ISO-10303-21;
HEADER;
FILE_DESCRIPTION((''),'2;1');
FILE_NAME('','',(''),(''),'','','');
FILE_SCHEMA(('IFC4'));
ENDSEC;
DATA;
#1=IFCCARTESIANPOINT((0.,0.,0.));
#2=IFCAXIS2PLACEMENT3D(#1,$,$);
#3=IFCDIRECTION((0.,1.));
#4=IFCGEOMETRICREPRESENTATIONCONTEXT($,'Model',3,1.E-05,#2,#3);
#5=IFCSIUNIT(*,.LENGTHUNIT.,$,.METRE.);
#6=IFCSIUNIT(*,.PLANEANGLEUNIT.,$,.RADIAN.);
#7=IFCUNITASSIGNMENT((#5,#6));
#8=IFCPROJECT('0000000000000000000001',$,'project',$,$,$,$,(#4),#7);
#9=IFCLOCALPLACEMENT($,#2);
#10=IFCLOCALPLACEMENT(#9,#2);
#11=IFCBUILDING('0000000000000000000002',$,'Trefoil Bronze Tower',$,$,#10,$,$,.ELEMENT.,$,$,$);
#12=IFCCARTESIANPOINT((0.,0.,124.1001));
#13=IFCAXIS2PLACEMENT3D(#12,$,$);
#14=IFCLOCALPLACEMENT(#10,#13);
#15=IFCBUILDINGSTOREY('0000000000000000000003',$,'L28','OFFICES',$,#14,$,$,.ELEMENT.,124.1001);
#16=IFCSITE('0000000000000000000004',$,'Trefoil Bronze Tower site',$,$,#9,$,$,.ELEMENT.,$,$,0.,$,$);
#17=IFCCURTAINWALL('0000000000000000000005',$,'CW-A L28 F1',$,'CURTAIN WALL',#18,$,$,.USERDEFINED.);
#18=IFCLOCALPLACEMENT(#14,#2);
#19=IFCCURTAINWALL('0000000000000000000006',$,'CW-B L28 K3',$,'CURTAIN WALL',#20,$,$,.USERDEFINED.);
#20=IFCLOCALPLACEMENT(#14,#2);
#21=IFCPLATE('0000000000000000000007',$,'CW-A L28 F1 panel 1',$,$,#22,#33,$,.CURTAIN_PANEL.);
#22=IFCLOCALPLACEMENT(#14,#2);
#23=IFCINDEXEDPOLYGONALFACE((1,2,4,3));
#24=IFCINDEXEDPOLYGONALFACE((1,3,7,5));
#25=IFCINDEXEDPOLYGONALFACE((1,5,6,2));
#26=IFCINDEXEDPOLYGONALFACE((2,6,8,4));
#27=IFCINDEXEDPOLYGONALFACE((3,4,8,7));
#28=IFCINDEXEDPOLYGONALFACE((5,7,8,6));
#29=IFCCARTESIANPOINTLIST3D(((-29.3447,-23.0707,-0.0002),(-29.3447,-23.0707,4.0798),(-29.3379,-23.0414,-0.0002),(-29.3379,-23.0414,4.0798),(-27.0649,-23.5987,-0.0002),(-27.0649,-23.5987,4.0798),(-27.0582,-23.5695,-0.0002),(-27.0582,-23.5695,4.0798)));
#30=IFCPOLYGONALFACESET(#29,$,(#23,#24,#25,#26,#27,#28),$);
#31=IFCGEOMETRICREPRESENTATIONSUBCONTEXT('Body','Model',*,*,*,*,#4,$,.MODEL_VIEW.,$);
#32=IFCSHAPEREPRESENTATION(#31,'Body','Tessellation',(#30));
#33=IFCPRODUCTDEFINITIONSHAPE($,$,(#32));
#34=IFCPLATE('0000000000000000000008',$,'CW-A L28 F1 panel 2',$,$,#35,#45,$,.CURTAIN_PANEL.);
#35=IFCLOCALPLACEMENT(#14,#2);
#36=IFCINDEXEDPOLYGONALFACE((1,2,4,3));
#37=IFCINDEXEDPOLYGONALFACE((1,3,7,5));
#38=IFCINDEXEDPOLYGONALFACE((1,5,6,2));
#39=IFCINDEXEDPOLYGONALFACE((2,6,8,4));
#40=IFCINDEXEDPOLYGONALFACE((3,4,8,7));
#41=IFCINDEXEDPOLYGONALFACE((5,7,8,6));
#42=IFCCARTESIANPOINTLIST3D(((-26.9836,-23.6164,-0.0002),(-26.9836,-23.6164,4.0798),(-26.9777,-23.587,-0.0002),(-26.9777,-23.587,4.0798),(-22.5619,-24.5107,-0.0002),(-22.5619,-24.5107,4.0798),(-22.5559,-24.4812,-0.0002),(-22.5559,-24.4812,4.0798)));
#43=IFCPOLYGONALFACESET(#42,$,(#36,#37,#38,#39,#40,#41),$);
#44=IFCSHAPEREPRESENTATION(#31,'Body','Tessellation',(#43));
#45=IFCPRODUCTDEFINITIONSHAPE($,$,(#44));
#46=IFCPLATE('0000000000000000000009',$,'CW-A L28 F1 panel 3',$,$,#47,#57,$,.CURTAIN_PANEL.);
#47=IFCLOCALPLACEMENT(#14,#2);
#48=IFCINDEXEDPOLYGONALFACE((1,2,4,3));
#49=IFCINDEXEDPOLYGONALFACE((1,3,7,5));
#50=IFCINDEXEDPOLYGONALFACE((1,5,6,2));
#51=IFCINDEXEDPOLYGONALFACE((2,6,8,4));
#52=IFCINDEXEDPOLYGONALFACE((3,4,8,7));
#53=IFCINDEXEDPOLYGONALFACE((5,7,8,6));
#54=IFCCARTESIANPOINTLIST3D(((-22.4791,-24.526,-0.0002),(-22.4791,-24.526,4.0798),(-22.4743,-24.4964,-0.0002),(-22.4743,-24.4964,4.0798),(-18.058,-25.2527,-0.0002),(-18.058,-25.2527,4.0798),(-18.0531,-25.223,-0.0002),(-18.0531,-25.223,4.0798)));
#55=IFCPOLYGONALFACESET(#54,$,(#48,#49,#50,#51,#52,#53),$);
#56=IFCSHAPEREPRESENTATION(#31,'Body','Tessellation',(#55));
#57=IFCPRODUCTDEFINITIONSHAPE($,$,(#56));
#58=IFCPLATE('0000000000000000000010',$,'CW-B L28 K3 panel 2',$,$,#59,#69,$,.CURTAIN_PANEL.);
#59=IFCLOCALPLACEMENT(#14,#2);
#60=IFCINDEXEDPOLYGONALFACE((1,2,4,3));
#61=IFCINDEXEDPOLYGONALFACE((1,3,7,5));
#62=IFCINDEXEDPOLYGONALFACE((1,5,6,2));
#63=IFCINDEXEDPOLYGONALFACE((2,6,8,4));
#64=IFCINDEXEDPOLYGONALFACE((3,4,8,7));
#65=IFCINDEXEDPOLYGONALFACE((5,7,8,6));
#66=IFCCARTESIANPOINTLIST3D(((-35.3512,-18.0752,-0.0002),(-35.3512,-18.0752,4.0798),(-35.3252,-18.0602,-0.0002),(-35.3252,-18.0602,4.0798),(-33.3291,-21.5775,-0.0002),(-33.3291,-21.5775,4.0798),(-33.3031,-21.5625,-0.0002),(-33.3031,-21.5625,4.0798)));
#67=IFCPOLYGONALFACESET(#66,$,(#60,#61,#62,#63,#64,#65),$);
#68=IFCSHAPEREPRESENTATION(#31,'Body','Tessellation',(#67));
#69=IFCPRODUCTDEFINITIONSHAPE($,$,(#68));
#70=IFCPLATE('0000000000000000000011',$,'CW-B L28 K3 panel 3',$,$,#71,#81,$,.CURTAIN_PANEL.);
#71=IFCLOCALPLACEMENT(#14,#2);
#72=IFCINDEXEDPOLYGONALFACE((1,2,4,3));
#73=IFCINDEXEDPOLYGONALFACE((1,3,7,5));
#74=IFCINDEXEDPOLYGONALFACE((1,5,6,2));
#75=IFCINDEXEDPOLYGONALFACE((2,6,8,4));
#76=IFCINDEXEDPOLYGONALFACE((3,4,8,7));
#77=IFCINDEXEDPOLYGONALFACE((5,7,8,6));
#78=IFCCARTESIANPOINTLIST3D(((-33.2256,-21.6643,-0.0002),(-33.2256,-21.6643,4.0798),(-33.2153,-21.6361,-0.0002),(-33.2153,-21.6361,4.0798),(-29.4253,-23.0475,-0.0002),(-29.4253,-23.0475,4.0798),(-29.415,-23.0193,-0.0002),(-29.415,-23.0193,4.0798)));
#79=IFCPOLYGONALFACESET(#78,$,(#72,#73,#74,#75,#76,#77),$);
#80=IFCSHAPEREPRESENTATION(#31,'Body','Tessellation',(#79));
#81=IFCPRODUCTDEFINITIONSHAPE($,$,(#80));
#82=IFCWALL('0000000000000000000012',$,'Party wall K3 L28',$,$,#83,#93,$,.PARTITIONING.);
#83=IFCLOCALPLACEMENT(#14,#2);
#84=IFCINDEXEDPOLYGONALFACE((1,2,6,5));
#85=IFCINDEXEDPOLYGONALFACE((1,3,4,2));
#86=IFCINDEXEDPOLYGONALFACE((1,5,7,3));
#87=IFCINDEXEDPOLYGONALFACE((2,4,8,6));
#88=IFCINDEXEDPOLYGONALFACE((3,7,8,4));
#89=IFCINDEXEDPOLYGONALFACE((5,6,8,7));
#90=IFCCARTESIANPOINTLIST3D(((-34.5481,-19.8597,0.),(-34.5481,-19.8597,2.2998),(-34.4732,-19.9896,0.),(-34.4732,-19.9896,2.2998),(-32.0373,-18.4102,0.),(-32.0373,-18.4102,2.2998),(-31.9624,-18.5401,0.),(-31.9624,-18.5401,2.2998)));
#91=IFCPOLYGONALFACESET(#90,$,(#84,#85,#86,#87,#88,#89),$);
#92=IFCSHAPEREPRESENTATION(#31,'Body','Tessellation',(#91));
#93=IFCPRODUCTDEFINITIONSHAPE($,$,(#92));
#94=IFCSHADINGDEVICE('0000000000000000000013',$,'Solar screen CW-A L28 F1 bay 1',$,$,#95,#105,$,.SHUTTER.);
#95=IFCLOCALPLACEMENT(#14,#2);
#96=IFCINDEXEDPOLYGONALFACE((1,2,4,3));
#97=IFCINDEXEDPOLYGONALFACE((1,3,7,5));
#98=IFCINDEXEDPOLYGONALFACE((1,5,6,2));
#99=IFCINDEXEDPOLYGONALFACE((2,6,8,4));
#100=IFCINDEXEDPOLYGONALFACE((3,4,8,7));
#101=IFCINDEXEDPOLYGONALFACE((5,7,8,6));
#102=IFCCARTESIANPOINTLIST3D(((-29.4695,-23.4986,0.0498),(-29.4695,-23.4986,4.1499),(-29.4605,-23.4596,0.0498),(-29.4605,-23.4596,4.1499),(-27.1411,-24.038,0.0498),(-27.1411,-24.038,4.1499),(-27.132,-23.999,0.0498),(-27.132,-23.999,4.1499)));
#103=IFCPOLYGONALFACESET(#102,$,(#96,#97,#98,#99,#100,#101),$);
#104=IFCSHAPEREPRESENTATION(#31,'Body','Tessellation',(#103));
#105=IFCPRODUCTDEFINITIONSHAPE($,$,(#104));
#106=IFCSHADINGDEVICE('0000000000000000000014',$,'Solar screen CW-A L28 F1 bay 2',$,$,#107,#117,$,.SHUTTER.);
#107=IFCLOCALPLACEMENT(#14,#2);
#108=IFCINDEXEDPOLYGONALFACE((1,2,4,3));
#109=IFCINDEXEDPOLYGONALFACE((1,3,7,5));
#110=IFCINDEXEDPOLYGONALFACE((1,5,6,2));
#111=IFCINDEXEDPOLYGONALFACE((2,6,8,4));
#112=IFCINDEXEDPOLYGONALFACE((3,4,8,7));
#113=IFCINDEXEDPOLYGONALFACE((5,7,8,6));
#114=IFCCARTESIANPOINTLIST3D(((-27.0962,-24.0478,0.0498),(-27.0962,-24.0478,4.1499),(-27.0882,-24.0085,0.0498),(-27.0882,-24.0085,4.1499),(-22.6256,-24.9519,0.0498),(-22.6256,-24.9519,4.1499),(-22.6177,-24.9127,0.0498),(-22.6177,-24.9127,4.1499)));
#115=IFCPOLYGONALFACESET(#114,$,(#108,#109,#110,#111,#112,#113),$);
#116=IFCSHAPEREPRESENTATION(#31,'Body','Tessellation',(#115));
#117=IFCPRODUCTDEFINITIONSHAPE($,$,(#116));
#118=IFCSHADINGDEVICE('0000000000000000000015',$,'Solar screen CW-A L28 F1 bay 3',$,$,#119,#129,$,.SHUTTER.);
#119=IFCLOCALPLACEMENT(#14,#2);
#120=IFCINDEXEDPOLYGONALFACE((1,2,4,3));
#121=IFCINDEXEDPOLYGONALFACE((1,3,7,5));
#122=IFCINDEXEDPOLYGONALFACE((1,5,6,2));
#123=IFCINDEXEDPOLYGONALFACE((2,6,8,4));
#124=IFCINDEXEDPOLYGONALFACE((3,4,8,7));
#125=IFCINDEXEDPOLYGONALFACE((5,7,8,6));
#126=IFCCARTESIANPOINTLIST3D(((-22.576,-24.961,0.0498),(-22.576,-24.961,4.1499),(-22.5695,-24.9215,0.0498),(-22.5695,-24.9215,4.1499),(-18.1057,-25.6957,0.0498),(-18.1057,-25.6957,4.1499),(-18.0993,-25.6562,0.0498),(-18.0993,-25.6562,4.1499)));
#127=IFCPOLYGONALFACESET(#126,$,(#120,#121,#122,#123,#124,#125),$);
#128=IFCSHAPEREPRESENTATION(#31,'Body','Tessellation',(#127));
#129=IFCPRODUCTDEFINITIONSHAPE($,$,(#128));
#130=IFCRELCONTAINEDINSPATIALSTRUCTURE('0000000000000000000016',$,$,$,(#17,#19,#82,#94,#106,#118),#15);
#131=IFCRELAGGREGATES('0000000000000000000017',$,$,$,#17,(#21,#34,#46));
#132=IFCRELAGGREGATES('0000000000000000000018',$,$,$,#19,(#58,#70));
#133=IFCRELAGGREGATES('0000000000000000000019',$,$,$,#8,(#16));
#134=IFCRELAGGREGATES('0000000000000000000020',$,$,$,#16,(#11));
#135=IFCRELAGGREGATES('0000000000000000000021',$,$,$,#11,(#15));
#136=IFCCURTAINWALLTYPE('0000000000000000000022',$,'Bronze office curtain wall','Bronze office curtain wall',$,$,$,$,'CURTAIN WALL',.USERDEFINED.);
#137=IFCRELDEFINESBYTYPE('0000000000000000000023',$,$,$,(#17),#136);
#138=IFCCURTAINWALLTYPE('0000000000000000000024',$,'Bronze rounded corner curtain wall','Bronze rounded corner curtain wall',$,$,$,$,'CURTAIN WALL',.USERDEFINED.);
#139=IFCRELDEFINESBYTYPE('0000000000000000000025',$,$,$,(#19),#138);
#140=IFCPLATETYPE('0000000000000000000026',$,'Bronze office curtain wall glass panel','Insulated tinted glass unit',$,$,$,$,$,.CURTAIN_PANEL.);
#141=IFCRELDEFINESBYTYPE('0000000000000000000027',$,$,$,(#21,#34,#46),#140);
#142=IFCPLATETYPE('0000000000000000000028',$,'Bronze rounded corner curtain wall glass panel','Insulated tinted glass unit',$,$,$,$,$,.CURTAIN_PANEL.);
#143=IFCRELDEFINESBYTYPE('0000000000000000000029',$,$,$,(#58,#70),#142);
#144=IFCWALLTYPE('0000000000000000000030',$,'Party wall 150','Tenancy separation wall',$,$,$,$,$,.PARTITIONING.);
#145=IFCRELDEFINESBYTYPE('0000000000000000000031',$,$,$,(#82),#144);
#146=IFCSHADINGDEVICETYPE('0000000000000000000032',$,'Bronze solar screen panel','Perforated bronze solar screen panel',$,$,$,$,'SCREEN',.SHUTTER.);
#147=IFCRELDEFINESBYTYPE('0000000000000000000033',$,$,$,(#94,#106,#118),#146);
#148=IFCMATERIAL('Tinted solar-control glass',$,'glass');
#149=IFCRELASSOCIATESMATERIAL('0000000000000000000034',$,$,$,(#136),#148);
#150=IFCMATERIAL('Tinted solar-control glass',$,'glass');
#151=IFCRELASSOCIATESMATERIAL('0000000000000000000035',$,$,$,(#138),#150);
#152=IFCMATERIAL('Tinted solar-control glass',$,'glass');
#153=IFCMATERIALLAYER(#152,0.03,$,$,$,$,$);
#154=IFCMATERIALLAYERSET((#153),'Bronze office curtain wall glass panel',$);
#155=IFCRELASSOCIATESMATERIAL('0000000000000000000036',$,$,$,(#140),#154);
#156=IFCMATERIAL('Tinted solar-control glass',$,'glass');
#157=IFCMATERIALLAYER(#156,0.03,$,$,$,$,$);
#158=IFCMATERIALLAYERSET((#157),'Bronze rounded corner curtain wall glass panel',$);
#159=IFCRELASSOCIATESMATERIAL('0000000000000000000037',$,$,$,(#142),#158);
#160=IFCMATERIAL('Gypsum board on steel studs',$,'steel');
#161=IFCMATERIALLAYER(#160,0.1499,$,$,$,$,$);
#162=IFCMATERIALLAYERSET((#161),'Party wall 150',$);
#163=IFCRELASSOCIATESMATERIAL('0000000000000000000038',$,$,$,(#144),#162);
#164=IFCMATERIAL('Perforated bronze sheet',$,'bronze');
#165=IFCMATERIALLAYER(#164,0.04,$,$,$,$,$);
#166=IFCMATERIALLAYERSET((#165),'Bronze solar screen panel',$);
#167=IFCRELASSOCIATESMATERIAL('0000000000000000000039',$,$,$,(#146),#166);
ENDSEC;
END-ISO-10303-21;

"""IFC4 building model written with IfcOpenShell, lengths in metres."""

from ifc_helpers import new_model, si_unit, direction, frame, frame_2d, origin, origin_2d, place, context, subcontext, project, spatial, rectangle, extrude, material, layer, layer_set, type_object, element, aggregate, save


model = new_model("IFC4")

# Units and contexts
model_context = context("Model", 3, precision=1e-05, world=origin(), true_north=direction((0.0, 1.0)))
body_context = subcontext(model_context, "Body", "Model", "MODEL_VIEW")
ifc_project = project(units=[si_unit("LENGTHUNIT", "METRE"), si_unit("PLANEANGLEUNIT", "RADIAN")], contexts=[model_context])

# Site, building, storey
site_placement = place(None, origin())
site = spatial("IfcSite", under=ifc_project, at=site_placement, Name="Trefoil Bronze Tower site", CompositionType="ELEMENT", RefElevation=0.0)
building_placement = place(site_placement, origin())
building = spatial("IfcBuilding", under=site, at=building_placement, Name="Trefoil Bronze Tower", CompositionType="ELEMENT")
storey_placement = place(building_placement, frame((0.0, 0.0, 124.1001)))
storey = spatial("IfcBuildingStorey", under=building, at=storey_placement, Name="L28", Description="OFFICES", CompositionType="ELEMENT", Elevation=124.1001)

# Curtain walls
ifc_material_1 = material(Name="Tinted solar-control glass", Category="glass")
curtain_wall_type_1 = type_object("IfcCurtainWallType", Name="Bronze office curtain wall", Description="Bronze office curtain wall", ElementType="CURTAIN WALL", PredefinedType="USERDEFINED", material=ifc_material_1)
curtain_wall_1_placement = place(storey_placement, origin())
curtain_wall_1 = element("IfcCurtainWall", 1, at=curtain_wall_1_placement, inside=storey, type_object=curtain_wall_type_1, Name="CW-A L28 F1", ObjectType="CURTAIN WALL", PredefinedType="USERDEFINED")
ifc_material_2 = material(Name="Tinted solar-control glass", Category="glass")
curtain_wall_type_2 = type_object("IfcCurtainWallType", Name="Bronze rounded corner curtain wall", Description="Bronze rounded corner curtain wall", ElementType="CURTAIN WALL", PredefinedType="USERDEFINED", material=ifc_material_2)
curtain_wall_2_placement = place(storey_placement, origin())
curtain_wall_2 = element("IfcCurtainWall", 2, at=curtain_wall_2_placement, inside=storey, type_object=curtain_wall_type_2, Name="CW-B L28 K3", ObjectType="CURTAIN WALL", PredefinedType="USERDEFINED")

# Plates
ifc_material_3 = material(Name="Tinted solar-control glass", Category="glass")
ifc_layer_1 = layer(ifc_material_3, 0.03)
ifc_layer_set_1 = layer_set([ifc_layer_1], Name="Bronze office curtain wall glass panel")
plate_type_1 = type_object("IfcPlateType", Name="Bronze office curtain wall glass panel", Description="Insulated tinted glass unit", PredefinedType="CURTAIN_PANEL", material=ifc_layer_set_1)
plate_1_placement = place(storey_placement, frame((-28.2014, -23.3201, -0.0002), z_axis=(0.0, 0.0, 1.0), x_axis=(0.974204, -0.225667, 0.0)))
plate_1 = element("IfcPlate", 3, at=plate_1_placement, type_object=plate_type_1, Name="CW-A L28 F1 panel 1", PredefinedType="CURTAIN_PANEL", context=body_context, shape_type="SweptSolid", body=[
    extrude(rectangle(XDim=2.3401, YDim=0.03, at=origin_2d()), origin(), (0.0, 0.0, 1.0), 4.0801),
])
plate_2_placement = place(storey_placement, frame((-24.7698, -24.0488, -0.0002), z_axis=(0.0, 0.0, 1.0), x_axis=(0.980155, -0.198232, 0.0)))
plate_2 = element("IfcPlate", 4, at=plate_2_placement, type_object=plate_type_1, Name="CW-A L28 F1 panel 2", PredefinedType="CURTAIN_PANEL", context=body_context, shape_type="SweptSolid", body=[
    extrude(rectangle(XDim=4.5112, YDim=0.03, at=origin_2d()), origin(), (0.0, 0.0, 1.0), 4.0801),
])
plate_3_placement = place(storey_placement, frame((-20.2661, -24.8745, -0.0002), z_axis=(0.0, 0.0, 1.0), x_axis=(0.98676, -0.162189, 0.0)))
plate_3 = element("IfcPlate", 5, at=plate_3_placement, type_object=plate_type_1, Name="CW-A L28 F1 panel 3", PredefinedType="CURTAIN_PANEL", context=body_context, shape_type="SweptSolid", body=[
    extrude(rectangle(XDim=4.4805, YDim=0.03, at=origin_2d()), origin(), (0.0, 0.0, 1.0), 4.0801),
])
aggregate(curtain_wall_1, [plate_1, plate_2, plate_3])
ifc_material_4 = material(Name="Tinted solar-control glass", Category="glass")
ifc_layer_2 = layer(ifc_material_4, 0.03)
ifc_layer_set_2 = layer_set([ifc_layer_2], Name="Bronze rounded corner curtain wall glass panel")
plate_type_2 = type_object("IfcPlateType", Name="Bronze rounded corner curtain wall glass panel", Description="Insulated tinted glass unit", PredefinedType="CURTAIN_PANEL", material=ifc_layer_set_2)
plate_4_placement = place(storey_placement, frame((-34.3271, -19.8188, -0.0002), z_axis=(0.0, 0.0, 1.0), x_axis=(0.5, -0.866025, 0.0)))
plate_4 = element("IfcPlate", 6, at=plate_4_placement, type_object=plate_type_2, Name="CW-B L28 K3 panel 2", PredefinedType="CURTAIN_PANEL", context=body_context, shape_type="SweptSolid", body=[
    extrude(rectangle(XDim=4.0442, YDim=0.03, at=origin_2d()), origin(), (0.0, 0.0, 1.0), 4.0801),
])
plate_5_placement = place(storey_placement, frame((-31.3203, -22.3418, -0.0002), z_axis=(0.0, 0.0, 1.0), x_axis=(0.939693, -0.34202, 0.0)))
plate_5 = element("IfcPlate", 7, at=plate_5_placement, type_object=plate_type_2, Name="CW-B L28 K3 panel 3", PredefinedType="CURTAIN_PANEL", context=body_context, shape_type="SweptSolid", body=[
    extrude(rectangle(XDim=4.0442, YDim=0.03, at=origin_2d()), origin(), (0.0, 0.0, 1.0), 4.0801),
])
aggregate(curtain_wall_2, [plate_4, plate_5])

# Wall
ifc_material_5 = material(Name="Gypsum board on steel studs", Category="steel")
ifc_layer_3 = layer(ifc_material_5, 0.1499)
ifc_layer_set_3 = layer_set([ifc_layer_3], Name="Party wall 150")
wall_type = type_object("IfcWallType", Name="Party wall 150", Description="Tenancy separation wall", PredefinedType="PARTITIONING", material=ifc_layer_set_3)
wall_placement = place(storey_placement, frame((-31.9998, -18.4751, 0.0), z_axis=(0.0, 0.0, 1.0), x_axis=(-0.866043, -0.49997, 0.0)))
element("IfcWall", 8, at=wall_placement, inside=storey, type_object=wall_type, Name="Party wall K3 L28", PredefinedType="PARTITIONING", context=body_context, shape_type="SweptSolid", body=[
    extrude(rectangle(XDim=2.8992, YDim=0.1499, at=frame_2d((1.4497, 0.0))), origin(), (0.0, 0.0, 1.0), 2.2998),
])

# Shading devices
ifc_material_6 = material(Name="Perforated bronze sheet", Category="bronze")
ifc_layer_4 = layer(ifc_material_6, 0.04)
ifc_layer_set_4 = layer_set([ifc_layer_4], Name="Bronze solar screen panel")
shading_device_type = type_object("IfcShadingDeviceType", Name="Bronze solar screen panel", Description="Perforated bronze solar screen panel", ElementType="SCREEN", PredefinedType="SHUTTER", material=ifc_layer_set_4)
shading_device_1_placement = place(storey_placement, frame((-28.3008, -23.7488, 0.0498), z_axis=(0.0, 0.0, 1.0), x_axis=(0.974204, -0.225667, 0.0)))
element("IfcShadingDevice", 9, at=shading_device_1_placement, inside=storey, type_object=shading_device_type, Name="Solar screen CW-A L28 F1 bay 1", PredefinedType="SHUTTER", context=body_context, shape_type="SweptSolid", body=[
    extrude(rectangle(XDim=2.3901, YDim=0.04, at=origin_2d()), origin(), (0.0, 0.0, 1.0), 4.1001),
])
shading_device_2_placement = place(storey_placement, frame((-24.8569, -24.4802, 0.0498), z_axis=(0.0, 0.0, 1.0), x_axis=(0.980155, -0.198232, 0.0)))
element("IfcShadingDevice", 10, at=shading_device_2_placement, inside=storey, type_object=shading_device_type, Name="Solar screen CW-A L28 F1 bay 2", PredefinedType="SHUTTER", context=body_context, shape_type="SweptSolid", body=[
    extrude(rectangle(XDim=4.561, YDim=0.04, at=origin_2d()), origin(), (0.0, 0.0, 1.0), 4.1001),
])
shading_device_3_placement = place(storey_placement, frame((-20.3376, -25.3086, 0.0498), z_axis=(0.0, 0.0, 1.0), x_axis=(0.98676, -0.162189, 0.0)))
element("IfcShadingDevice", 11, at=shading_device_3_placement, inside=storey, type_object=shading_device_type, Name="Solar screen CW-A L28 F1 bay 3", PredefinedType="SHUTTER", context=body_context, shape_type="SweptSolid", body=[
    extrude(rectangle(XDim=4.5303, YDim=0.04, at=origin_2d()), origin(), (0.0, 0.0, 1.0), 4.1001),
])

save(model, "model.ifc")
